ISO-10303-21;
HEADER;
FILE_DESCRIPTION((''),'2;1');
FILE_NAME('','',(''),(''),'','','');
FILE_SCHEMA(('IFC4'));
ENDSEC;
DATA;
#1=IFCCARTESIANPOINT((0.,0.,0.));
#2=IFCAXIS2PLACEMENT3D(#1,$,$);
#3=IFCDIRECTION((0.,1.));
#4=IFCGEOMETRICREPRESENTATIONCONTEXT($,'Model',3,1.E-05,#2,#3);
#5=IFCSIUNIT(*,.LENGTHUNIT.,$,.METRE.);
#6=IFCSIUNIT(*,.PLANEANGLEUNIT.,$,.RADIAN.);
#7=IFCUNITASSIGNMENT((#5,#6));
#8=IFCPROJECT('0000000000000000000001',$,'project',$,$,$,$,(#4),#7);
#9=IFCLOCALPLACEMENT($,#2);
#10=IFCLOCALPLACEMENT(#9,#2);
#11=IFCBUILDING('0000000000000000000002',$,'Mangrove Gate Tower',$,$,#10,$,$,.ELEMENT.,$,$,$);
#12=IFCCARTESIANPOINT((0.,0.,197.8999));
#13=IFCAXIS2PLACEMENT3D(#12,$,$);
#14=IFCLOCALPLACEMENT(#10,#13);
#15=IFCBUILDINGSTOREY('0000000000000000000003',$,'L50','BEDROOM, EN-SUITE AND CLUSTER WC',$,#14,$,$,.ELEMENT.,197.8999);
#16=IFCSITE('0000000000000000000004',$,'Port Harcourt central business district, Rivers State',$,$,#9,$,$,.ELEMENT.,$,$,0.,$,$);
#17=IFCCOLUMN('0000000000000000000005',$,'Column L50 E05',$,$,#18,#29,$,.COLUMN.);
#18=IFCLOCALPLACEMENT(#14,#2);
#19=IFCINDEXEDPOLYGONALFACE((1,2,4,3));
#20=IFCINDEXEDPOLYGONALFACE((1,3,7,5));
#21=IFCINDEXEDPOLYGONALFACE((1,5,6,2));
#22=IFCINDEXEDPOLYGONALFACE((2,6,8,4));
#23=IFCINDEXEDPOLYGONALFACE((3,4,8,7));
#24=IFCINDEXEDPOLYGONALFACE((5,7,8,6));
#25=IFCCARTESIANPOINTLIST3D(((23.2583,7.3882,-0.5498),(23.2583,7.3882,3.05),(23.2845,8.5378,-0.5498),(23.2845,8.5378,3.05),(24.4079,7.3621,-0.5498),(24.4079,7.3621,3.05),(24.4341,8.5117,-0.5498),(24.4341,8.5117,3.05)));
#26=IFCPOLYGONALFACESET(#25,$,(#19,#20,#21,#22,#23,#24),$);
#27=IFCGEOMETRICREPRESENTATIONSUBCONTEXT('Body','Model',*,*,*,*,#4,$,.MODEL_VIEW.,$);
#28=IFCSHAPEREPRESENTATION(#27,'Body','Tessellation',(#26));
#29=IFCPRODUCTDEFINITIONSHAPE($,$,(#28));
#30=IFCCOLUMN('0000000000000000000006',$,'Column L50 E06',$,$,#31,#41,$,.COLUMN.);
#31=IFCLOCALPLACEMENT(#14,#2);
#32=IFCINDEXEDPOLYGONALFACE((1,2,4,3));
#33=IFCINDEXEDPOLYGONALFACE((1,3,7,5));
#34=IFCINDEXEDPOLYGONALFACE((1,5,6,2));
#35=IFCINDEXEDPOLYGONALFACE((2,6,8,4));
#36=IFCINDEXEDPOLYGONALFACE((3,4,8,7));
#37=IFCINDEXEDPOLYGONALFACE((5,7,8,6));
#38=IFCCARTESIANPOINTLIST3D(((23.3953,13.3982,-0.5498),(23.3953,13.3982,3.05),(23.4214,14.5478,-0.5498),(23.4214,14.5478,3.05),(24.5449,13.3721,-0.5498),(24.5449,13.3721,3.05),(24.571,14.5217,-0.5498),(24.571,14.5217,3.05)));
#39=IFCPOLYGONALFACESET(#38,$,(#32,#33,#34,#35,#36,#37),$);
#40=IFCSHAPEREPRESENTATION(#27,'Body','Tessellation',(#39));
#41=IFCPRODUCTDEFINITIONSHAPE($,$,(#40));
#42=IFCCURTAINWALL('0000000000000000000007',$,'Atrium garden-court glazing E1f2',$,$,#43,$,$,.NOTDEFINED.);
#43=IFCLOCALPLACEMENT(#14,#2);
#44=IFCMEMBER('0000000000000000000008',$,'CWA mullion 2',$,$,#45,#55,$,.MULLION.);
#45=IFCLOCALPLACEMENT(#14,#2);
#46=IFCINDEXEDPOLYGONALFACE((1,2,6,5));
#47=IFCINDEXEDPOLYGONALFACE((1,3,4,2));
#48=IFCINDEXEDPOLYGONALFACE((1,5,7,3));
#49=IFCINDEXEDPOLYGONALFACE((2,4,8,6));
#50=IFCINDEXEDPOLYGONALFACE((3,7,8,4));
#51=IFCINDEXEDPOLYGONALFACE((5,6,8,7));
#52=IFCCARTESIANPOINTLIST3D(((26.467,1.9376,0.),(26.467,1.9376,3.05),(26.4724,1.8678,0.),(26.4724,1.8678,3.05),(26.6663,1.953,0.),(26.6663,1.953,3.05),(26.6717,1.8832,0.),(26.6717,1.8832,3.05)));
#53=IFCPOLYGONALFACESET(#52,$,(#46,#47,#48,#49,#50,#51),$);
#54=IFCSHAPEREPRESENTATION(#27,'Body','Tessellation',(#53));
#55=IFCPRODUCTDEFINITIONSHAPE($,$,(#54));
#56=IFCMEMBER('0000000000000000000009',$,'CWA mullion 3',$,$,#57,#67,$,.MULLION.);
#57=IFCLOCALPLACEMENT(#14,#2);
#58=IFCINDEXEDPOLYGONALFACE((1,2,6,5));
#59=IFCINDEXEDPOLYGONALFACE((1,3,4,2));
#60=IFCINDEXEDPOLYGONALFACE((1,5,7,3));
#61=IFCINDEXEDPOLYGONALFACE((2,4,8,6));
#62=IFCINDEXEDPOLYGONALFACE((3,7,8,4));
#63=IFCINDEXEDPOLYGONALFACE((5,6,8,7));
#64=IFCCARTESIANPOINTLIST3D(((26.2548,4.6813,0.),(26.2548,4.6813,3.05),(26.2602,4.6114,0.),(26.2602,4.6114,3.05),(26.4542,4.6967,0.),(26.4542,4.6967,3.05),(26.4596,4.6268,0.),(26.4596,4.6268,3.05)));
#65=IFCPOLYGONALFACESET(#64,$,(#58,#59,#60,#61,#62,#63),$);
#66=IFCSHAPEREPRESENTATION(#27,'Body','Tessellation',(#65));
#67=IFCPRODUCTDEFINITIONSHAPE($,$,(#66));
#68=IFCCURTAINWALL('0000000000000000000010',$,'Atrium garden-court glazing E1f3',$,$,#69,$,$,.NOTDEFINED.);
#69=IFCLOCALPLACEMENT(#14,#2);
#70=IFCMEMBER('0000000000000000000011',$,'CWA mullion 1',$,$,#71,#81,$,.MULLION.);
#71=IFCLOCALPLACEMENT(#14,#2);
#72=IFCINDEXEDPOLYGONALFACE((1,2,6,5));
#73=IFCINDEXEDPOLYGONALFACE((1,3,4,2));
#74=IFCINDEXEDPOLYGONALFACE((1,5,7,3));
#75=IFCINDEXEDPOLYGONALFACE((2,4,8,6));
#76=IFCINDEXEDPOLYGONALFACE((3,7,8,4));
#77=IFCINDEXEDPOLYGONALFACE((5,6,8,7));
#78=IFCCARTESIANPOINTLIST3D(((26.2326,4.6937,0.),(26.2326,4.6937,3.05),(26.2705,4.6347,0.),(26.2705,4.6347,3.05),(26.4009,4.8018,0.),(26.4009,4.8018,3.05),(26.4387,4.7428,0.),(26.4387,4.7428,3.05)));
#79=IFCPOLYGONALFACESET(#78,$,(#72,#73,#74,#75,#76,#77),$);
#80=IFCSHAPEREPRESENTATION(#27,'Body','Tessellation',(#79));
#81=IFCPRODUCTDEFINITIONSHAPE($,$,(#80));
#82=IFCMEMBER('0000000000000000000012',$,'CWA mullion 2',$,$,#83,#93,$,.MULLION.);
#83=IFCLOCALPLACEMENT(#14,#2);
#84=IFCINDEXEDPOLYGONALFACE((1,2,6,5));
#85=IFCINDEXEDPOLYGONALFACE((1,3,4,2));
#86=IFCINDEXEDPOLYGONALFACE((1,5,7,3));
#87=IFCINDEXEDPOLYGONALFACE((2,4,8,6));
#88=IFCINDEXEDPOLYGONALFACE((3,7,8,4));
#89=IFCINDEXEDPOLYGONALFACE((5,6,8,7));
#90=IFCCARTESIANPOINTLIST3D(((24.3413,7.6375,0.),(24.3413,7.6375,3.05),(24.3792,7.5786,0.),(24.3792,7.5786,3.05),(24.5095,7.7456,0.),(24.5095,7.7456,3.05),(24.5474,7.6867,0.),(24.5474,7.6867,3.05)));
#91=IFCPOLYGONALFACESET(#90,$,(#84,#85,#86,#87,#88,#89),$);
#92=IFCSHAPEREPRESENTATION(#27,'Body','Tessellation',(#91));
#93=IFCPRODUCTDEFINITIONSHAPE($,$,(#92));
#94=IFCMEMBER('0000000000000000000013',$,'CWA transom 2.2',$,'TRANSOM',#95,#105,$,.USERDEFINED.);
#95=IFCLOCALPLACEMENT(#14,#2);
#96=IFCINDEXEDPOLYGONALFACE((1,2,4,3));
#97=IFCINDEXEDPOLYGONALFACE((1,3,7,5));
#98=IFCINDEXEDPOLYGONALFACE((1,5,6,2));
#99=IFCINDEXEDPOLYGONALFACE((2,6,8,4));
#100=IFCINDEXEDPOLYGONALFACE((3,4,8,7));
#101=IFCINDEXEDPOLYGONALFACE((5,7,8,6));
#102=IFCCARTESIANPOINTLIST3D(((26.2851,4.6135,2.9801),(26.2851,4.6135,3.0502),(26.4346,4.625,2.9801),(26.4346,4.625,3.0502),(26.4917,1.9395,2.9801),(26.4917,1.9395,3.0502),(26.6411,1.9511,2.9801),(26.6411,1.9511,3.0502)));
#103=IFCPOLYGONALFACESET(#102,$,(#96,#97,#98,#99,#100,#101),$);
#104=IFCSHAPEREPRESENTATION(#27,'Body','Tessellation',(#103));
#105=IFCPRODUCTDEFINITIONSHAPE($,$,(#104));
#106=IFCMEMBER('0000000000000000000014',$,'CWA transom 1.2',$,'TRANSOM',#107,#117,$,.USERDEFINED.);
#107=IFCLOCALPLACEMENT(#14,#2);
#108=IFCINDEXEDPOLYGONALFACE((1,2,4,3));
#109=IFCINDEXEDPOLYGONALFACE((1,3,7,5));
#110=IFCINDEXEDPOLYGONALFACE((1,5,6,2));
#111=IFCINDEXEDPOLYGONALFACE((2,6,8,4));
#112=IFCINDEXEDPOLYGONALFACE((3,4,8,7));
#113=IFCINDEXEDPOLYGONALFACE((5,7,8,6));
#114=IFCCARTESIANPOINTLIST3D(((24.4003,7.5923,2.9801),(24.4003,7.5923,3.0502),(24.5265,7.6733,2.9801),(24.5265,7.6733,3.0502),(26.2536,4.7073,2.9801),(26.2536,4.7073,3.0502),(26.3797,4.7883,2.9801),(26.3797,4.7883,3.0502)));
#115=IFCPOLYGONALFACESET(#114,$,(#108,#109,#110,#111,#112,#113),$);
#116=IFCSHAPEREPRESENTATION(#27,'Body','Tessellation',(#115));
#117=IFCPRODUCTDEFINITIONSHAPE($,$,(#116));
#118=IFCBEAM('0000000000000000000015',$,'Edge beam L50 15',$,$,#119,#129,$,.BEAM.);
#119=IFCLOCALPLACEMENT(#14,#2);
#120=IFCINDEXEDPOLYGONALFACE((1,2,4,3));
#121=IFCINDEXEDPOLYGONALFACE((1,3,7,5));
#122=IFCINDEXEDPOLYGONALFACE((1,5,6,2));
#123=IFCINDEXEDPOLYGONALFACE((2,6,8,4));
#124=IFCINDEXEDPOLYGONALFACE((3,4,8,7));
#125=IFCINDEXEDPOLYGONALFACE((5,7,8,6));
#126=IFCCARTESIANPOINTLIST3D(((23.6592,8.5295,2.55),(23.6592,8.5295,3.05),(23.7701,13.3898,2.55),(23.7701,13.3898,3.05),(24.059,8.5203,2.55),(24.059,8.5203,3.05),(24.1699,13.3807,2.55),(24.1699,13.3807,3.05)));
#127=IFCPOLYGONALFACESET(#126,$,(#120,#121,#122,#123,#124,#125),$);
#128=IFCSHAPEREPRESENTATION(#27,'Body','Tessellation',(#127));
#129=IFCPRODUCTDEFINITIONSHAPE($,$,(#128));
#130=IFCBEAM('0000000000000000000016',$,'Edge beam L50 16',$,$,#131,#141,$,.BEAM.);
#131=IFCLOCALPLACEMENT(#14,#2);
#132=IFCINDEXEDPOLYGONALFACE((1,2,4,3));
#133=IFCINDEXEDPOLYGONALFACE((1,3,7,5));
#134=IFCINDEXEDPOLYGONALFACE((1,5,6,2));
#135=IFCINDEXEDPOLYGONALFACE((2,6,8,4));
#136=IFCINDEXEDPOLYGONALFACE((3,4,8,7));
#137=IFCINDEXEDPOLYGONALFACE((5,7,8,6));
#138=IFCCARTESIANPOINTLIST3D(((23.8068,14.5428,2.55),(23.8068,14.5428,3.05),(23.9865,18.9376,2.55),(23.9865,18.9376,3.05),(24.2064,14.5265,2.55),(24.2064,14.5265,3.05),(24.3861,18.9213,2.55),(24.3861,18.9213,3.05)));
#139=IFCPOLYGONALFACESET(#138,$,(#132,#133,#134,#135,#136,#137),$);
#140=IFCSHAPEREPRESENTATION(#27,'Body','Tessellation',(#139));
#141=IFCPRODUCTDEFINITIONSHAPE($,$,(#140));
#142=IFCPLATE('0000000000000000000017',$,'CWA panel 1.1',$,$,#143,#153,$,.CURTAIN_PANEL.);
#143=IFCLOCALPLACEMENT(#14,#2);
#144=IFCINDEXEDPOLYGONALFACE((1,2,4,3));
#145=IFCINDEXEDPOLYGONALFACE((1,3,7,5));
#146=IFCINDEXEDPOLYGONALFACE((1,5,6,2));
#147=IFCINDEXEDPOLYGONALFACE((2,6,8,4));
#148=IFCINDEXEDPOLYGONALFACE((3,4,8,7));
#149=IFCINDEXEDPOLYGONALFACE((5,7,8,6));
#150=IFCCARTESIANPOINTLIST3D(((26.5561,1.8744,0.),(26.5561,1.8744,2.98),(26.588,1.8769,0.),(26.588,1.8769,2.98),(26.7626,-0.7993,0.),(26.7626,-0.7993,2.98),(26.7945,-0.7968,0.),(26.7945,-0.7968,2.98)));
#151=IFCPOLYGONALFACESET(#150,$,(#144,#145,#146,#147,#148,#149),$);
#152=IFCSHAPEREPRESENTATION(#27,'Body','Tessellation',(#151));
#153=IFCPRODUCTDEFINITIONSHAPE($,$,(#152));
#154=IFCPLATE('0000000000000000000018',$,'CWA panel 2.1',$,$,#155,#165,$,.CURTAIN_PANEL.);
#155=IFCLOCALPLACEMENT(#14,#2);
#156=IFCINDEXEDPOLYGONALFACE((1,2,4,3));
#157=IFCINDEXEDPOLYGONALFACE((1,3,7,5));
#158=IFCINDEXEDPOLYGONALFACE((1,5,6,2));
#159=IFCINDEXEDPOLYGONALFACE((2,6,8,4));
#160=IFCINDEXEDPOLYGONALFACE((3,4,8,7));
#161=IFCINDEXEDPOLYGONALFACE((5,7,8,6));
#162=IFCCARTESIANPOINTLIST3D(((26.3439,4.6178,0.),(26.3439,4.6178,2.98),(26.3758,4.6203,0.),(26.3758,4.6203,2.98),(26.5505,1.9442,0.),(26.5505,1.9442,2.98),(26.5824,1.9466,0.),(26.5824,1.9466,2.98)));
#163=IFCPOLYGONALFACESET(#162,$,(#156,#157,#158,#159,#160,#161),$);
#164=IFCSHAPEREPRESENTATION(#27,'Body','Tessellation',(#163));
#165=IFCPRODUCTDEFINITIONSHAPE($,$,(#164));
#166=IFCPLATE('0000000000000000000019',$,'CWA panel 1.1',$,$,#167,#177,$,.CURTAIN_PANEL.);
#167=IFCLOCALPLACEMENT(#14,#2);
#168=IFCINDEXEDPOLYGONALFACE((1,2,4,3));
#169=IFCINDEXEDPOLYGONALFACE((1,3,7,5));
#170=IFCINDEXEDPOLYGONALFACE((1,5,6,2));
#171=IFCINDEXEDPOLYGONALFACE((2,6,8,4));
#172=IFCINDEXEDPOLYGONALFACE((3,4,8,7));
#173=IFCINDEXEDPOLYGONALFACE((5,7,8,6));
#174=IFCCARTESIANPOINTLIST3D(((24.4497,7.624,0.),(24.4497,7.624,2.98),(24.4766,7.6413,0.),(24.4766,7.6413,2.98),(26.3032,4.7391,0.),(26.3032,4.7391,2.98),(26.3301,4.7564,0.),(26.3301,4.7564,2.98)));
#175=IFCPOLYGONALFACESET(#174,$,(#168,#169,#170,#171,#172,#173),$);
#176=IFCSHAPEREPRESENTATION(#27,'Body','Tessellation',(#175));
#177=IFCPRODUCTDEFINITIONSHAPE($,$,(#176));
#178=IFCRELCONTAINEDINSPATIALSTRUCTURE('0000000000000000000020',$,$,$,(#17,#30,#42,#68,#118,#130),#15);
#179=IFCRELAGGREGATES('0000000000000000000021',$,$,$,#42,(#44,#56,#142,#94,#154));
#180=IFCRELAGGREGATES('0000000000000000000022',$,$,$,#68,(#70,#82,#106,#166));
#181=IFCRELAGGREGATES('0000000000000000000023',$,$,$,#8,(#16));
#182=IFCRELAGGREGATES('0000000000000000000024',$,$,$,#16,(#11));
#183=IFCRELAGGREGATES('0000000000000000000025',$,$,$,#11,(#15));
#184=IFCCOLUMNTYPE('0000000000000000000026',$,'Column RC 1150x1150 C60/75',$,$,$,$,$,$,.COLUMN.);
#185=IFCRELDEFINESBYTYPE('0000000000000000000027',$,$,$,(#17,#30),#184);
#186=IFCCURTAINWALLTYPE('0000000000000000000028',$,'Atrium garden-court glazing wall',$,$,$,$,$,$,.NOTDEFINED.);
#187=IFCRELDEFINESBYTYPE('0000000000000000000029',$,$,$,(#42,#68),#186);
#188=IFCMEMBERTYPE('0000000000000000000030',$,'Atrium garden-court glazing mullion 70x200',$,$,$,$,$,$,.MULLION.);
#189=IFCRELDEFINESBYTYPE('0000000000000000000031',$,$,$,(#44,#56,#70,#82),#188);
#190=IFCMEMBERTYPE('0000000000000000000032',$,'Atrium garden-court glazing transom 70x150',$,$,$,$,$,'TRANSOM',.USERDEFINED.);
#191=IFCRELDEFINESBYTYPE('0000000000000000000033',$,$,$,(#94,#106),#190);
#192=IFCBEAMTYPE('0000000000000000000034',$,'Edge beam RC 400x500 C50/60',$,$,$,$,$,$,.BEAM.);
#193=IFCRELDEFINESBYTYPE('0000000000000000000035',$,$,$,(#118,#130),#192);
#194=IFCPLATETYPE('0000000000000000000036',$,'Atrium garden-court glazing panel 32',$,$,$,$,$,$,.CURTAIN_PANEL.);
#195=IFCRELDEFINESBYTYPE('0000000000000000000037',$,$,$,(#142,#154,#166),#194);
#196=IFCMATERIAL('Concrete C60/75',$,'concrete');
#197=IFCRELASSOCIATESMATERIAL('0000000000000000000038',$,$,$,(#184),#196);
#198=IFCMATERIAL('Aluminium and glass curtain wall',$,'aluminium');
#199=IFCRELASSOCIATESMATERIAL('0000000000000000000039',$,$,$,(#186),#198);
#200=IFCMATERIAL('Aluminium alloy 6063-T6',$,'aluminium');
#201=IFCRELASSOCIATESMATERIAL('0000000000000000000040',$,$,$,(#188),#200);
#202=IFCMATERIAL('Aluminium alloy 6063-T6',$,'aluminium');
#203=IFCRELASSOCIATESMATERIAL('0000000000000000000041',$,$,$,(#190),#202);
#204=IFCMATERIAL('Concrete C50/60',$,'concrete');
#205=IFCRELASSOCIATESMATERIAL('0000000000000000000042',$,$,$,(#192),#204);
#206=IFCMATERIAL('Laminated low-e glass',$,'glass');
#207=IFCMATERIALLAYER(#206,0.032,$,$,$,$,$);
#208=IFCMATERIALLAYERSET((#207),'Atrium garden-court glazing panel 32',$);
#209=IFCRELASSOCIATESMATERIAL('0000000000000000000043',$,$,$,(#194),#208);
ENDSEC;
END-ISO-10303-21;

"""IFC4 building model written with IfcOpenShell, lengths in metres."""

from ifc_helpers import new_model, si_unit, direction, frame, origin, origin_2d, place, context, subcontext, project, spatial, rectangle, extrude, material, layer, layer_set, material_profile, profile_set, type_object, element, aggregate, save


model = new_model("IFC4")

# Units and contexts
model_context = context("Model", 3, precision=1e-05, world=origin(), true_north=direction((0.0, 1.0)))
body_context = subcontext(model_context, "Body", "Model", "MODEL_VIEW")
ifc_project = project(units=[si_unit("LENGTHUNIT", "METRE"), si_unit("PLANEANGLEUNIT", "RADIAN")], contexts=[model_context])

# Site, building, storey
site_placement = place(None, origin())
site = spatial("IfcSite", under=ifc_project, at=site_placement, Name="Port Harcourt central business district, Rivers State", CompositionType="ELEMENT", RefElevation=0.0)
building_placement = place(site_placement, origin())
building = spatial("IfcBuilding", under=site, at=building_placement, Name="Mangrove Gate Tower", CompositionType="ELEMENT")
storey_placement = place(building_placement, frame((0.0, 0.0, 197.8999)))
storey = spatial("IfcBuildingStorey", under=building, at=storey_placement, Name="L50", Description="BEDROOM, EN-SUITE AND CLUSTER WC", CompositionType="ELEMENT", Elevation=197.8999)

# Columns
ifc_material_1 = material(Name="Concrete C60/75", Category="concrete")
ifc_material_profile_1 = material_profile(ifc_material_1, rectangle(XDim=1.1499, YDim=1.1499, at=origin_2d()))
ifc_profile_set_1 = profile_set([ifc_material_profile_1], Name="Concrete C60/75")
column_type = type_object("IfcColumnType", Name="Column RC 1150x1150 C60/75", PredefinedType="COLUMN", material=ifc_profile_set_1)
for number, where, z_axis, x_axis, name in (
    (1, (23.8462, 7.95, -0.5498), (0.0, 0.0, 1.0), (0.022719, 0.999742, 0.0), "Column L50 E05"),
    (2, (23.9832, 13.96, -0.5498), (0.0, 0.0, 1.0), (0.022704, 0.999742, 0.0), "Column L50 E06"),
):
    element("IfcColumn", number, at=place(storey_placement, frame(where, z_axis=z_axis, x_axis=x_axis)), inside=storey, type_object=column_type, Name=name, PredefinedType="COLUMN", context=body_context, shape_type="SweptSolid", body=[
        extrude(rectangle(XDim=1.1499, YDim=1.1499, at=origin_2d()), origin(), (0.0, 0.0, 1.0), 3.5999),
    ])

# Curtain walls, members
ifc_material_2 = material(Name="Aluminium and glass curtain wall", Category="aluminium")
curtain_wall_type = type_object("IfcCurtainWallType", Name="Atrium garden-court glazing wall", PredefinedType="NOTDEFINED", material=ifc_material_2)
curtain_wall_1_placement = place(storey_placement, origin())
curtain_wall_1 = element("IfcCurtainWall", 3, at=curtain_wall_1_placement, inside=storey, type_object=curtain_wall_type, Name="Atrium garden-court glazing E1f2", PredefinedType="NOTDEFINED")
ifc_material_3 = material(Name="Aluminium alloy 6063-T6", Category="aluminium")
ifc_material_profile_2 = material_profile(ifc_material_3, rectangle(XDim=0.0701, YDim=0.2, at=origin_2d()))
ifc_profile_set_2 = profile_set([ifc_material_profile_2], Name="Aluminium alloy 6063-T6")
member_type_1 = type_object("IfcMemberType", Name="Atrium garden-court glazing mullion 70x200", PredefinedType="MULLION", material=ifc_profile_set_2)
member_1_placement = place(storey_placement, frame((26.5693, 1.9104, 0.0), z_axis=(0.0, 0.0, 1.0), x_axis=(-0.077023, 0.997029, 0.0)))
member_1 = element("IfcMember", 4, at=member_1_placement, type_object=member_type_1, Name="CWA mullion 2", PredefinedType="MULLION", context=body_context, shape_type="SweptSolid", body=[
    extrude(rectangle(XDim=0.0701, YDim=0.2, at=origin_2d()), origin(), (0.0, 0.0, 1.0), 3.05),
])
member_2_placement = place(storey_placement, frame((26.3572, 4.6541, 0.0), z_axis=(0.0, 0.0, 1.0), x_axis=(-0.077023, 0.997029, 0.0)))
member_2 = element("IfcMember", 5, at=member_2_placement, type_object=member_type_1, Name="CWA mullion 3", PredefinedType="MULLION", context=body_context, shape_type="SweptSolid", body=[
    extrude(rectangle(XDim=0.0701, YDim=0.2, at=origin_2d()), origin(), (0.0, 0.0, 1.0), 3.05),
])
curtain_wall_2_placement = place(storey_placement, origin())
curtain_wall_2 = element("IfcCurtainWall", 6, at=curtain_wall_2_placement, inside=storey, type_object=curtain_wall_type, Name="Atrium garden-court glazing E1f3", PredefinedType="NOTDEFINED")
member_3_placement = place(storey_placement, frame((26.3357, 4.7183, 0.0), z_axis=(0.0, 0.0, 1.0), x_axis=(-0.540523, 0.841329, 0.0)))
member_3 = element("IfcMember", 7, at=member_3_placement, type_object=member_type_1, Name="CWA mullion 1", PredefinedType="MULLION", context=body_context, shape_type="SweptSolid", body=[
    extrude(rectangle(XDim=0.0701, YDim=0.2, at=origin_2d()), origin(), (0.0, 0.0, 1.0), 3.05),
])
member_4_placement = place(storey_placement, frame((24.4443, 7.6621, 0.0), z_axis=(0.0, 0.0, 1.0), x_axis=(-0.540523, 0.841329, 0.0)))
member_4 = element("IfcMember", 8, at=member_4_placement, type_object=member_type_1, Name="CWA mullion 2", PredefinedType="MULLION", context=body_context, shape_type="SweptSolid", body=[
    extrude(rectangle(XDim=0.0701, YDim=0.2, at=origin_2d()), origin(), (0.0, 0.0, 1.0), 3.05),
])

# Members
ifc_material_4 = material(Name="Aluminium alloy 6063-T6", Category="aluminium")
ifc_material_profile_3 = material_profile(ifc_material_4, rectangle(XDim=0.0701, YDim=0.1499, at=origin_2d()))
ifc_profile_set_3 = profile_set([ifc_material_profile_3], Name="Aluminium alloy 6063-T6")
member_type_2 = type_object("IfcMemberType", Name="Atrium garden-court glazing transom 70x150", ElementType="TRANSOM", PredefinedType="USERDEFINED", material=ifc_profile_set_3)
member_5_placement = place(storey_placement, frame((26.5664, 1.9453, 3.0151), z_axis=(-0.077017, 0.99703, 0.0), x_axis=(0.0, 0.0, 1.0)))
member_5 = element("IfcMember", 9, at=member_5_placement, type_object=member_type_2, Name="CWA transom 2.2", ObjectType="TRANSOM", PredefinedType="USERDEFINED", context=body_context, shape_type="SweptSolid", body=[
    extrude(rectangle(XDim=0.0701, YDim=0.1499, at=origin_2d()), origin(), (0.0, 0.0, 1.0), 2.6819),
])
member_6_placement = place(storey_placement, frame((26.3167, 4.7478, 3.0151), z_axis=(-0.540473, 0.841361, 0.0), x_axis=(0.0, 0.0, 1.0)))
member_6 = element("IfcMember", 10, at=member_6_placement, type_object=member_type_2, Name="CWA transom 1.2", ObjectType="TRANSOM", PredefinedType="USERDEFINED", context=body_context, shape_type="SweptSolid", body=[
    extrude(rectangle(XDim=0.0701, YDim=0.1499, at=origin_2d()), origin(), (0.0, 0.0, 1.0), 3.429),
])

# Beams
ifc_material_5 = material(Name="Concrete C50/60", Category="concrete")
ifc_material_profile_4 = material_profile(ifc_material_5, rectangle(XDim=0.3999, YDim=0.5, at=origin_2d()))
ifc_profile_set_4 = profile_set([ifc_material_profile_4], Name="Concrete C50/60")
beam_type = type_object("IfcBeamType", Name="Edge beam RC 400x500 C50/60", PredefinedType="BEAM", material=ifc_profile_set_4)
beam_1_placement = place(storey_placement, frame((23.8591, 8.5249, 2.8), z_axis=(0.022799, 0.99974, 0.0), x_axis=(-0.99974, 0.022799, 0.0)))
element("IfcBeam", 11, at=beam_1_placement, inside=storey, type_object=beam_type, Name="Edge beam L50 15", PredefinedType="BEAM", context=body_context, shape_type="SweptSolid", body=[
    extrude(rectangle(XDim=0.3999, YDim=0.5, at=origin_2d()), origin(), (0.0, 0.0, 1.0), 4.8616),
])
beam_2_placement = place(storey_placement, frame((24.0066, 14.5347, 2.8), z_axis=(0.040852, 0.999165, 0.0), x_axis=(-0.999165, 0.040852, 0.0)))
element("IfcBeam", 12, at=beam_2_placement, inside=storey, type_object=beam_type, Name="Edge beam L50 16", PredefinedType="BEAM", context=body_context, shape_type="SweptSolid", body=[
    extrude(rectangle(XDim=0.3999, YDim=0.5, at=origin_2d()), origin(), (0.0, 0.0, 1.0), 4.3984),
])

# Plates
ifc_material_6 = material(Name="Laminated low-e glass", Category="glass")
ifc_layer_1 = layer(ifc_material_6, 0.032)
ifc_layer_set_1 = layer_set([ifc_layer_1], Name="Atrium garden-court glazing panel 32")
plate_type = type_object("IfcPlateType", Name="Atrium garden-court glazing panel 32", PredefinedType="CURTAIN_PANEL", material=ifc_layer_set_1)
plate_1_placement = place(storey_placement, frame((26.6753, 0.5388, 0.0), z_axis=(0.0, 0.0, 1.0), x_axis=(-0.077023, 0.997029, 0.0)))
plate_1 = element("IfcPlate", 13, at=plate_1_placement, type_object=plate_type, Name="CWA panel 1.1", PredefinedType="CURTAIN_PANEL", context=body_context, shape_type="SweptSolid", body=[
    extrude(rectangle(XDim=2.6816, YDim=0.032, at=origin_2d()), origin(), (0.0, 0.0, 1.0), 2.98),
])
plate_2_placement = place(storey_placement, frame((26.4631, 3.2822, 0.0), z_axis=(0.0, 0.0, 1.0), x_axis=(-0.077023, 0.997029, 0.0)))
plate_2 = element("IfcPlate", 14, at=plate_2_placement, type_object=plate_type, Name="CWA panel 2.1", PredefinedType="CURTAIN_PANEL", context=body_context, shape_type="SweptSolid", body=[
    extrude(rectangle(XDim=2.6816, YDim=0.032, at=origin_2d()), origin(), (0.0, 0.0, 1.0), 2.98),
])
aggregate(curtain_wall_1, [member_1, member_2, plate_1, member_5, plate_2])
plate_3_placement = place(storey_placement, frame((25.3899, 6.1902, 0.0), z_axis=(0.0, 0.0, 1.0), x_axis=(-0.540523, 0.841329, 0.0)))
plate_3 = element("IfcPlate", 15, at=plate_3_placement, type_object=plate_type, Name="CWA panel 1.1", PredefinedType="CURTAIN_PANEL", context=body_context, shape_type="SweptSolid", body=[
    extrude(rectangle(XDim=3.429, YDim=0.032, at=origin_2d()), origin(), (0.0, 0.0, 1.0), 2.98),
])
aggregate(curtain_wall_2, [member_3, member_4, member_6, plate_3])

save(model, "model.ifc")
